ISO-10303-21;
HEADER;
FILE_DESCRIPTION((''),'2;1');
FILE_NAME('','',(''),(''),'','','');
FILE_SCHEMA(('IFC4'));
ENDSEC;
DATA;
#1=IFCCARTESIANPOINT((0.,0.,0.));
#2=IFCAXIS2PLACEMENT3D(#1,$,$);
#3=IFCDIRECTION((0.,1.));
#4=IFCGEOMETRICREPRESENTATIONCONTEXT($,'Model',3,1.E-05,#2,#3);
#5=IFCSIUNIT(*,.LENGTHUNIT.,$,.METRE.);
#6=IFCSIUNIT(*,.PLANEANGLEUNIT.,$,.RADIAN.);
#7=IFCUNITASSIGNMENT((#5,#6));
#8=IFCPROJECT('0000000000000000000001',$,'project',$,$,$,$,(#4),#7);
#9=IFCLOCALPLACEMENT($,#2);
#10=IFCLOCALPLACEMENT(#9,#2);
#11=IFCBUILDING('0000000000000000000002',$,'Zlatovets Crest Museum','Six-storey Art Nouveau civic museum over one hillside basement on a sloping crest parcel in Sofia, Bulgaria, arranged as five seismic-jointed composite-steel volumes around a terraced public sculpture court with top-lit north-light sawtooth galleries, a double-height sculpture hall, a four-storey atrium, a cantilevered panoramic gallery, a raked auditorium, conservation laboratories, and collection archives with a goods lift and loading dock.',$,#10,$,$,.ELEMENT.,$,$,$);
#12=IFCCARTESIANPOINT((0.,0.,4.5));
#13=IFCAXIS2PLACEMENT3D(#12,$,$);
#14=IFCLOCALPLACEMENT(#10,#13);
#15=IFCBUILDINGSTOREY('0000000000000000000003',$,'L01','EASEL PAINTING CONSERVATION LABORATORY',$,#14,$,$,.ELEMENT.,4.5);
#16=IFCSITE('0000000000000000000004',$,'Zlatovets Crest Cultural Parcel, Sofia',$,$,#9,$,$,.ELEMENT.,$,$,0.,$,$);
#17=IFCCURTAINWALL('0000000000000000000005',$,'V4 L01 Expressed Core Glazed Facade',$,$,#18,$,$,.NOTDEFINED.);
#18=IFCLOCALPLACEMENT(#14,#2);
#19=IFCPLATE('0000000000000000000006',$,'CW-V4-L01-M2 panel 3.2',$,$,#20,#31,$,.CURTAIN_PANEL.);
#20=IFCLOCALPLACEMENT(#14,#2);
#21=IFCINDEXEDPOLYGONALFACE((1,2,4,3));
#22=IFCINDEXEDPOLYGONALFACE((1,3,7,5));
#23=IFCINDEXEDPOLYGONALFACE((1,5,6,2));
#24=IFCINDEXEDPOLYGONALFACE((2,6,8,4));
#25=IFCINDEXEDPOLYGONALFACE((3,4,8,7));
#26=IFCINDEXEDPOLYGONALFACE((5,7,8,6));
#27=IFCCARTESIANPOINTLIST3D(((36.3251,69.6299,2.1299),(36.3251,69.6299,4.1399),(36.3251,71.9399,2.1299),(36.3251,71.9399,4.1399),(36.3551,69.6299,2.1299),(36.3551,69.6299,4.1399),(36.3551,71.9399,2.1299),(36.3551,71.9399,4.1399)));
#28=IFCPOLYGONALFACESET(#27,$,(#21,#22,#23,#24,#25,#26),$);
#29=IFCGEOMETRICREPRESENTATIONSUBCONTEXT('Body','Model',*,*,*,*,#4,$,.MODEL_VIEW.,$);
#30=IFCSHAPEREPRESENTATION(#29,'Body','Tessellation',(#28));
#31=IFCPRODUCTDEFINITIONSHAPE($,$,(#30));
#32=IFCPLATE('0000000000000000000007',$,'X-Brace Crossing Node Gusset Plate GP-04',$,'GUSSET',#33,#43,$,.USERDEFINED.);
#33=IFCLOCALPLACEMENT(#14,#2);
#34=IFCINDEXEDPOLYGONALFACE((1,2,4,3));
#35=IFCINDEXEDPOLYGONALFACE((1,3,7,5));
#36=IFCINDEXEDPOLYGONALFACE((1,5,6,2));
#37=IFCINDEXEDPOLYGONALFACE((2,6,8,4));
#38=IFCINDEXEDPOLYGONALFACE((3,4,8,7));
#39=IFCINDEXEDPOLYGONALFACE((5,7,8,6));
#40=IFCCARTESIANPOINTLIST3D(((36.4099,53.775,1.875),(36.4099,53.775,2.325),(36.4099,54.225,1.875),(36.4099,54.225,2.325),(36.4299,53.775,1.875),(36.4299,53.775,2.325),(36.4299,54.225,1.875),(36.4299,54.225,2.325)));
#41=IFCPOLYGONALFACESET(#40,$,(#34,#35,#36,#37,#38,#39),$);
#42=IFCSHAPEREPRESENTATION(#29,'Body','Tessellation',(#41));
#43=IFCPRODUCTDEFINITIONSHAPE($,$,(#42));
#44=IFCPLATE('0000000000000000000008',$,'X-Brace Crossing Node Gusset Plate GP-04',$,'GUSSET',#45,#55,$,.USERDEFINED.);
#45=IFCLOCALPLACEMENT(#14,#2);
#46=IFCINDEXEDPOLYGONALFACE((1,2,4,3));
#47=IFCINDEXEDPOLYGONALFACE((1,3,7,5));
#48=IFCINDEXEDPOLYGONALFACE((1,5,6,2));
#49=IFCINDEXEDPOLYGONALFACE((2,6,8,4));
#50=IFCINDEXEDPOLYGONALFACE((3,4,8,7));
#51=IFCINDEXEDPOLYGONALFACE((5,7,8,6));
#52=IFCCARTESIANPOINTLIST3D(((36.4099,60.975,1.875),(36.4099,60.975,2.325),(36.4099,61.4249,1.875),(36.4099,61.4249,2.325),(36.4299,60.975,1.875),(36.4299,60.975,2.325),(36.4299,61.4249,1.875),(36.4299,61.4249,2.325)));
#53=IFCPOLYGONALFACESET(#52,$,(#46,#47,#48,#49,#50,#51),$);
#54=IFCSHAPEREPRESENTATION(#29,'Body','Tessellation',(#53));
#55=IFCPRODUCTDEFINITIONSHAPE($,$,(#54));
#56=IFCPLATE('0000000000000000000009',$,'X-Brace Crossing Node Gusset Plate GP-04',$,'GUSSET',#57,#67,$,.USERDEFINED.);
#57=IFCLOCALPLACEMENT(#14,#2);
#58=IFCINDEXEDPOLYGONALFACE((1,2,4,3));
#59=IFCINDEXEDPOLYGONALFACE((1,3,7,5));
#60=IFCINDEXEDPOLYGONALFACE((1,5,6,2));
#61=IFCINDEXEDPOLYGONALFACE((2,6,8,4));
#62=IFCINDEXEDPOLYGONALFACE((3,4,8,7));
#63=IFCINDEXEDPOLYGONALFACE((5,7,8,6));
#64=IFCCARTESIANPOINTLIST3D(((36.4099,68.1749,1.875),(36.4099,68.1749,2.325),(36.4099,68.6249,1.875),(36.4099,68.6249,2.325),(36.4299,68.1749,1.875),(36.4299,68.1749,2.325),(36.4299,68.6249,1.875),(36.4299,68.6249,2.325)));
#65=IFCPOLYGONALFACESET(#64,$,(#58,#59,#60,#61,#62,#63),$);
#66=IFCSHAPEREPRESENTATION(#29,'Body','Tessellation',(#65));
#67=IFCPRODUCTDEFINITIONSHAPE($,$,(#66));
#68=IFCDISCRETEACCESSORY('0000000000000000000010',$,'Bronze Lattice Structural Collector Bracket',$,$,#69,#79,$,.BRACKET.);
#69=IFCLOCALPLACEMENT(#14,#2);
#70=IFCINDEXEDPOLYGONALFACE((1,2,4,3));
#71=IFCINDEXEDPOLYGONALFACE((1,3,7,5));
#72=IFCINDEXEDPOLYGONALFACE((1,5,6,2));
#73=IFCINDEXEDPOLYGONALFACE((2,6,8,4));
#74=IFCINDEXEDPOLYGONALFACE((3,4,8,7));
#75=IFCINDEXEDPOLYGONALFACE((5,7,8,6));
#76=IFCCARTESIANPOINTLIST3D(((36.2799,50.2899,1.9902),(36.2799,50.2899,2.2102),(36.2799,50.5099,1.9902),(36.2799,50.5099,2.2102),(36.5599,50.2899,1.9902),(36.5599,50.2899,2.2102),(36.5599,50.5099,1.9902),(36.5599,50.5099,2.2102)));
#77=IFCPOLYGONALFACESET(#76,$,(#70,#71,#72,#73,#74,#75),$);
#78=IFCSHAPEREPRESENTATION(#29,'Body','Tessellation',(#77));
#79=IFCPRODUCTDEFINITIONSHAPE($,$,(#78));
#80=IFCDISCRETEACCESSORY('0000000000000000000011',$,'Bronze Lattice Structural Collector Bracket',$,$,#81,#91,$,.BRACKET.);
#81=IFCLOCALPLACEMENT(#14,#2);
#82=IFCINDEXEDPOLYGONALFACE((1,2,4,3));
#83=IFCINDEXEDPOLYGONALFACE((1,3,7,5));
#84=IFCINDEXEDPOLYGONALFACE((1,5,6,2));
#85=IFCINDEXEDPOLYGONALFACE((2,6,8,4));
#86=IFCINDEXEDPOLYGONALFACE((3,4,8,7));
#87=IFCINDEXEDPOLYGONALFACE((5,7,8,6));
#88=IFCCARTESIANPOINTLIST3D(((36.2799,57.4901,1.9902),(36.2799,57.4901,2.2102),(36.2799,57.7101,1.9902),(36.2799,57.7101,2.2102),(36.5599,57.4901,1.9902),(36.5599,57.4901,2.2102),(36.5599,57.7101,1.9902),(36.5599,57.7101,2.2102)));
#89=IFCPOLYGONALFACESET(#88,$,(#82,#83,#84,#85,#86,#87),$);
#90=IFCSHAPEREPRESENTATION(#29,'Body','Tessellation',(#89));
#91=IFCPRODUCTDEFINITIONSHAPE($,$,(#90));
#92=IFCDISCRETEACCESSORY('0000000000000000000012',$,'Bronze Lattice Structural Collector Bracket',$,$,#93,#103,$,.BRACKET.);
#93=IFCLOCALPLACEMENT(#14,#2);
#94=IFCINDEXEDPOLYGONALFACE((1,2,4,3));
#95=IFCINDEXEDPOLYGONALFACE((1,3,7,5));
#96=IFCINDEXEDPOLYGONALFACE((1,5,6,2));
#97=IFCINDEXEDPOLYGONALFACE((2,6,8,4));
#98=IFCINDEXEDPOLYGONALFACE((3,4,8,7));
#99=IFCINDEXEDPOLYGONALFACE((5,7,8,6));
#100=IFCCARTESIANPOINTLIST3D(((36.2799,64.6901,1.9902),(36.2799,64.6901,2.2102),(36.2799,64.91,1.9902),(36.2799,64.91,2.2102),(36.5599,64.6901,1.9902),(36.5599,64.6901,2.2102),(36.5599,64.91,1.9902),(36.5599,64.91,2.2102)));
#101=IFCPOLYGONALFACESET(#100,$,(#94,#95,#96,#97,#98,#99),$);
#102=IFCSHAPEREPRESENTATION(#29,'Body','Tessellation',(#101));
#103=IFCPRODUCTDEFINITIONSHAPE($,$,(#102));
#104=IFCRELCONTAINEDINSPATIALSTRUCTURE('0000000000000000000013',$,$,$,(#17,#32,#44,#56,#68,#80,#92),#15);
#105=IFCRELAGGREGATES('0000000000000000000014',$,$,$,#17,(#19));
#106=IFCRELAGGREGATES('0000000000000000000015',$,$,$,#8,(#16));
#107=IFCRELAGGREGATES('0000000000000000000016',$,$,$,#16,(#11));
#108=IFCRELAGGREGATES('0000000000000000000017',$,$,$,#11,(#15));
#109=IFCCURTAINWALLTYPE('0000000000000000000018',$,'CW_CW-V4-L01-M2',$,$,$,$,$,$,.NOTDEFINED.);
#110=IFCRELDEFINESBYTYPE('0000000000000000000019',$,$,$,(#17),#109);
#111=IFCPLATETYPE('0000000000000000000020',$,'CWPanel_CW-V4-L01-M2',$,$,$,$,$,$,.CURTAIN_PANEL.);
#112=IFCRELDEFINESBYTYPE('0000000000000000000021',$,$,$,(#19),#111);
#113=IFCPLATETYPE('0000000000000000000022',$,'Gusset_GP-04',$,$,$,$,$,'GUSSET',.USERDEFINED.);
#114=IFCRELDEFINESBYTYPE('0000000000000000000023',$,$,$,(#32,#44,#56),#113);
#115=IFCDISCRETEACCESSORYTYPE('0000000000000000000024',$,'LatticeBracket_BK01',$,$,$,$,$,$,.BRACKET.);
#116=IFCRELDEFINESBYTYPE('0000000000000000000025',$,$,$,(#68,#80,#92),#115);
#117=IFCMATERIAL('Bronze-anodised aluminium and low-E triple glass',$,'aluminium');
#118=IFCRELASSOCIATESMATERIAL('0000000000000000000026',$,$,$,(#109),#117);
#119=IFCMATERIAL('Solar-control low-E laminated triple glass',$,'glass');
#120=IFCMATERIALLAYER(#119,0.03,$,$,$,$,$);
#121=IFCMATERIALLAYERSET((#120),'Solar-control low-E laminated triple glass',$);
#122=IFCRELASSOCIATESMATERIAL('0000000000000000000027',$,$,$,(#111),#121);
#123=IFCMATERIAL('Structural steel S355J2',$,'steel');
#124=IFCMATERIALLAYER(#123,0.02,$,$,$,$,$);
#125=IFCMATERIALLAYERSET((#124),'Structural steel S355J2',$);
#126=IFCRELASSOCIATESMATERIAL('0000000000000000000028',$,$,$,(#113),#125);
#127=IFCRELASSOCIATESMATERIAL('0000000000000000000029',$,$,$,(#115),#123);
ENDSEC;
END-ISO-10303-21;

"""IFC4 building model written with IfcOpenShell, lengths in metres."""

from ifc_helpers import new_model, si_unit, direction, frame, origin, origin_2d, place, context, subcontext, project, spatial, rectangle, extrude, material, layer, layer_set, type_object, element, aggregate, save


model = new_model("IFC4")

# Units and contexts
model_context = context("Model", 3, precision=1e-05, world=origin(), true_north=direction((0.0, 1.0)))
body_context = subcontext(model_context, "Body", "Model", "MODEL_VIEW")
ifc_project = project(units=[si_unit("LENGTHUNIT", "METRE"), si_unit("PLANEANGLEUNIT", "RADIAN")], contexts=[model_context])

# Site, building, storey
site_placement = place(None, origin())
site = spatial("IfcSite", under=ifc_project, at=site_placement, Name="Zlatovets Crest Cultural Parcel, Sofia", CompositionType="ELEMENT", RefElevation=0.0)
building_placement = place(site_placement, origin())
building = spatial("IfcBuilding", under=site, at=building_placement, Name="Zlatovets Crest Museum", Description="Six-storey Art Nouveau civic museum over one hillside basement on a sloping crest parcel in Sofia, Bulgaria, arranged as five seismic-jointed composite-steel volumes around a terraced public sculpture court with top-lit north-light sawtooth galleries, a double-height sculpture hall, a four-storey atrium, a cantilevered panoramic gallery, a raked auditorium, conservation laboratories, and collection archives with a goods lift and loading dock.", CompositionType="ELEMENT")
storey_placement = place(building_placement, frame((0.0, 0.0, 4.5)))
storey = spatial("IfcBuildingStorey", under=building, at=storey_placement, Name="L01", Description="EASEL PAINTING CONSERVATION LABORATORY", CompositionType="ELEMENT", Elevation=4.5)

# Curtain wall
ifc_material_1 = material(Name="Bronze-anodised aluminium and low-E triple glass", Category="aluminium")
curtain_wall_type = type_object("IfcCurtainWallType", Name="CW_CW-V4-L01-M2", PredefinedType="NOTDEFINED", material=ifc_material_1)
curtain_wall_placement = place(storey_placement, origin())
curtain_wall = element("IfcCurtainWall", 1, at=curtain_wall_placement, inside=storey, type_object=curtain_wall_type, Name="V4 L01 Expressed Core Glazed Facade", PredefinedType="NOTDEFINED")

# Plate
ifc_material_2 = material(Name="Solar-control low-E laminated triple glass", Category="glass")
ifc_layer_1 = layer(ifc_material_2, 0.03)
ifc_layer_set_1 = layer_set([ifc_layer_1], Name="Solar-control low-E laminated triple glass")
plate_type_1 = type_object("IfcPlateType", Name="CWPanel_CW-V4-L01-M2", PredefinedType="CURTAIN_PANEL", material=ifc_layer_set_1)
plate_1_placement = place(storey_placement, frame((36.3401, 70.7849, 2.1299), z_axis=(0.0, 0.0, 1.0), x_axis=(0.0, 1.0, 0.0)))
plate_1 = element("IfcPlate", 2, at=plate_1_placement, type_object=plate_type_1, Name="CW-V4-L01-M2 panel 3.2", PredefinedType="CURTAIN_PANEL", context=body_context, shape_type="SweptSolid", body=[
    extrude(rectangle(XDim=2.3101, YDim=0.03, at=origin_2d()), origin(), (0.0, 0.0, 1.0), 2.01),
])
aggregate(curtain_wall, [plate_1])

# Plates
ifc_material_3 = material(Name="Structural steel S355J2", Category="steel")
ifc_layer_2 = layer(ifc_material_3, 0.02)
ifc_layer_set_2 = layer_set([ifc_layer_2], Name="Structural steel S355J2")
plate_type_2 = type_object("IfcPlateType", Name="Gusset_GP-04", ElementType="GUSSET", PredefinedType="USERDEFINED", material=ifc_layer_set_2)
for number, where, z_axis, x_axis, name in (
    (3, (36.4199, 54.0, 1.875), (0.0, 0.0, 1.0), (1.0, 0.0, 0.0), "X-Brace Crossing Node Gusset Plate GP-04"),
    (4, (36.4199, 61.2, 1.875), (0.0, 0.0, 1.0), (1.0, 0.0, 0.0), "X-Brace Crossing Node Gusset Plate GP-04"),
    (5, (36.4199, 68.3999, 1.875), (0.0, 0.0, 1.0), (1.0, 0.0, 0.0), "X-Brace Crossing Node Gusset Plate GP-04"),
):
    element("IfcPlate", number, at=place(storey_placement, frame(where, z_axis=z_axis, x_axis=x_axis)), inside=storey, type_object=plate_type_2, Name=name, ObjectType="GUSSET", PredefinedType="USERDEFINED", context=body_context, shape_type="SweptSolid", body=[
        extrude(rectangle(XDim=0.02, YDim=0.45, at=origin_2d()), origin(), (0.0, 0.0, 1.0), 0.45),
    ])

# Discrete accessories
discrete_accessory_type = type_object("IfcDiscreteAccessoryType", Name="LatticeBracket_BK01", PredefinedType="BRACKET", material=ifc_material_3)
for number, where, z_axis, x_axis, name in (
    (6, (36.4199, 50.3999, 1.9902), (0.0, 0.0, 1.0), (1.0, 0.0, 0.0), "Bronze Lattice Structural Collector Bracket"),
    (7, (36.4199, 57.6001, 1.9902), (0.0, 0.0, 1.0), (1.0, 0.0, 0.0), "Bronze Lattice Structural Collector Bracket"),
    (8, (36.4199, 64.8, 1.9902), (0.0, 0.0, 1.0), (1.0, 0.0, 0.0), "Bronze Lattice Structural Collector Bracket"),
):
    element("IfcDiscreteAccessory", number, at=place(storey_placement, frame(where, z_axis=z_axis, x_axis=x_axis)), inside=storey, type_object=discrete_accessory_type, Name=name, PredefinedType="BRACKET", context=body_context, shape_type="SweptSolid", body=[
        extrude(rectangle(XDim=0.28, YDim=0.22, at=origin_2d()), origin(), (0.0, 0.0, 1.0), 0.22),
    ])

save(model, "model.ifc")
